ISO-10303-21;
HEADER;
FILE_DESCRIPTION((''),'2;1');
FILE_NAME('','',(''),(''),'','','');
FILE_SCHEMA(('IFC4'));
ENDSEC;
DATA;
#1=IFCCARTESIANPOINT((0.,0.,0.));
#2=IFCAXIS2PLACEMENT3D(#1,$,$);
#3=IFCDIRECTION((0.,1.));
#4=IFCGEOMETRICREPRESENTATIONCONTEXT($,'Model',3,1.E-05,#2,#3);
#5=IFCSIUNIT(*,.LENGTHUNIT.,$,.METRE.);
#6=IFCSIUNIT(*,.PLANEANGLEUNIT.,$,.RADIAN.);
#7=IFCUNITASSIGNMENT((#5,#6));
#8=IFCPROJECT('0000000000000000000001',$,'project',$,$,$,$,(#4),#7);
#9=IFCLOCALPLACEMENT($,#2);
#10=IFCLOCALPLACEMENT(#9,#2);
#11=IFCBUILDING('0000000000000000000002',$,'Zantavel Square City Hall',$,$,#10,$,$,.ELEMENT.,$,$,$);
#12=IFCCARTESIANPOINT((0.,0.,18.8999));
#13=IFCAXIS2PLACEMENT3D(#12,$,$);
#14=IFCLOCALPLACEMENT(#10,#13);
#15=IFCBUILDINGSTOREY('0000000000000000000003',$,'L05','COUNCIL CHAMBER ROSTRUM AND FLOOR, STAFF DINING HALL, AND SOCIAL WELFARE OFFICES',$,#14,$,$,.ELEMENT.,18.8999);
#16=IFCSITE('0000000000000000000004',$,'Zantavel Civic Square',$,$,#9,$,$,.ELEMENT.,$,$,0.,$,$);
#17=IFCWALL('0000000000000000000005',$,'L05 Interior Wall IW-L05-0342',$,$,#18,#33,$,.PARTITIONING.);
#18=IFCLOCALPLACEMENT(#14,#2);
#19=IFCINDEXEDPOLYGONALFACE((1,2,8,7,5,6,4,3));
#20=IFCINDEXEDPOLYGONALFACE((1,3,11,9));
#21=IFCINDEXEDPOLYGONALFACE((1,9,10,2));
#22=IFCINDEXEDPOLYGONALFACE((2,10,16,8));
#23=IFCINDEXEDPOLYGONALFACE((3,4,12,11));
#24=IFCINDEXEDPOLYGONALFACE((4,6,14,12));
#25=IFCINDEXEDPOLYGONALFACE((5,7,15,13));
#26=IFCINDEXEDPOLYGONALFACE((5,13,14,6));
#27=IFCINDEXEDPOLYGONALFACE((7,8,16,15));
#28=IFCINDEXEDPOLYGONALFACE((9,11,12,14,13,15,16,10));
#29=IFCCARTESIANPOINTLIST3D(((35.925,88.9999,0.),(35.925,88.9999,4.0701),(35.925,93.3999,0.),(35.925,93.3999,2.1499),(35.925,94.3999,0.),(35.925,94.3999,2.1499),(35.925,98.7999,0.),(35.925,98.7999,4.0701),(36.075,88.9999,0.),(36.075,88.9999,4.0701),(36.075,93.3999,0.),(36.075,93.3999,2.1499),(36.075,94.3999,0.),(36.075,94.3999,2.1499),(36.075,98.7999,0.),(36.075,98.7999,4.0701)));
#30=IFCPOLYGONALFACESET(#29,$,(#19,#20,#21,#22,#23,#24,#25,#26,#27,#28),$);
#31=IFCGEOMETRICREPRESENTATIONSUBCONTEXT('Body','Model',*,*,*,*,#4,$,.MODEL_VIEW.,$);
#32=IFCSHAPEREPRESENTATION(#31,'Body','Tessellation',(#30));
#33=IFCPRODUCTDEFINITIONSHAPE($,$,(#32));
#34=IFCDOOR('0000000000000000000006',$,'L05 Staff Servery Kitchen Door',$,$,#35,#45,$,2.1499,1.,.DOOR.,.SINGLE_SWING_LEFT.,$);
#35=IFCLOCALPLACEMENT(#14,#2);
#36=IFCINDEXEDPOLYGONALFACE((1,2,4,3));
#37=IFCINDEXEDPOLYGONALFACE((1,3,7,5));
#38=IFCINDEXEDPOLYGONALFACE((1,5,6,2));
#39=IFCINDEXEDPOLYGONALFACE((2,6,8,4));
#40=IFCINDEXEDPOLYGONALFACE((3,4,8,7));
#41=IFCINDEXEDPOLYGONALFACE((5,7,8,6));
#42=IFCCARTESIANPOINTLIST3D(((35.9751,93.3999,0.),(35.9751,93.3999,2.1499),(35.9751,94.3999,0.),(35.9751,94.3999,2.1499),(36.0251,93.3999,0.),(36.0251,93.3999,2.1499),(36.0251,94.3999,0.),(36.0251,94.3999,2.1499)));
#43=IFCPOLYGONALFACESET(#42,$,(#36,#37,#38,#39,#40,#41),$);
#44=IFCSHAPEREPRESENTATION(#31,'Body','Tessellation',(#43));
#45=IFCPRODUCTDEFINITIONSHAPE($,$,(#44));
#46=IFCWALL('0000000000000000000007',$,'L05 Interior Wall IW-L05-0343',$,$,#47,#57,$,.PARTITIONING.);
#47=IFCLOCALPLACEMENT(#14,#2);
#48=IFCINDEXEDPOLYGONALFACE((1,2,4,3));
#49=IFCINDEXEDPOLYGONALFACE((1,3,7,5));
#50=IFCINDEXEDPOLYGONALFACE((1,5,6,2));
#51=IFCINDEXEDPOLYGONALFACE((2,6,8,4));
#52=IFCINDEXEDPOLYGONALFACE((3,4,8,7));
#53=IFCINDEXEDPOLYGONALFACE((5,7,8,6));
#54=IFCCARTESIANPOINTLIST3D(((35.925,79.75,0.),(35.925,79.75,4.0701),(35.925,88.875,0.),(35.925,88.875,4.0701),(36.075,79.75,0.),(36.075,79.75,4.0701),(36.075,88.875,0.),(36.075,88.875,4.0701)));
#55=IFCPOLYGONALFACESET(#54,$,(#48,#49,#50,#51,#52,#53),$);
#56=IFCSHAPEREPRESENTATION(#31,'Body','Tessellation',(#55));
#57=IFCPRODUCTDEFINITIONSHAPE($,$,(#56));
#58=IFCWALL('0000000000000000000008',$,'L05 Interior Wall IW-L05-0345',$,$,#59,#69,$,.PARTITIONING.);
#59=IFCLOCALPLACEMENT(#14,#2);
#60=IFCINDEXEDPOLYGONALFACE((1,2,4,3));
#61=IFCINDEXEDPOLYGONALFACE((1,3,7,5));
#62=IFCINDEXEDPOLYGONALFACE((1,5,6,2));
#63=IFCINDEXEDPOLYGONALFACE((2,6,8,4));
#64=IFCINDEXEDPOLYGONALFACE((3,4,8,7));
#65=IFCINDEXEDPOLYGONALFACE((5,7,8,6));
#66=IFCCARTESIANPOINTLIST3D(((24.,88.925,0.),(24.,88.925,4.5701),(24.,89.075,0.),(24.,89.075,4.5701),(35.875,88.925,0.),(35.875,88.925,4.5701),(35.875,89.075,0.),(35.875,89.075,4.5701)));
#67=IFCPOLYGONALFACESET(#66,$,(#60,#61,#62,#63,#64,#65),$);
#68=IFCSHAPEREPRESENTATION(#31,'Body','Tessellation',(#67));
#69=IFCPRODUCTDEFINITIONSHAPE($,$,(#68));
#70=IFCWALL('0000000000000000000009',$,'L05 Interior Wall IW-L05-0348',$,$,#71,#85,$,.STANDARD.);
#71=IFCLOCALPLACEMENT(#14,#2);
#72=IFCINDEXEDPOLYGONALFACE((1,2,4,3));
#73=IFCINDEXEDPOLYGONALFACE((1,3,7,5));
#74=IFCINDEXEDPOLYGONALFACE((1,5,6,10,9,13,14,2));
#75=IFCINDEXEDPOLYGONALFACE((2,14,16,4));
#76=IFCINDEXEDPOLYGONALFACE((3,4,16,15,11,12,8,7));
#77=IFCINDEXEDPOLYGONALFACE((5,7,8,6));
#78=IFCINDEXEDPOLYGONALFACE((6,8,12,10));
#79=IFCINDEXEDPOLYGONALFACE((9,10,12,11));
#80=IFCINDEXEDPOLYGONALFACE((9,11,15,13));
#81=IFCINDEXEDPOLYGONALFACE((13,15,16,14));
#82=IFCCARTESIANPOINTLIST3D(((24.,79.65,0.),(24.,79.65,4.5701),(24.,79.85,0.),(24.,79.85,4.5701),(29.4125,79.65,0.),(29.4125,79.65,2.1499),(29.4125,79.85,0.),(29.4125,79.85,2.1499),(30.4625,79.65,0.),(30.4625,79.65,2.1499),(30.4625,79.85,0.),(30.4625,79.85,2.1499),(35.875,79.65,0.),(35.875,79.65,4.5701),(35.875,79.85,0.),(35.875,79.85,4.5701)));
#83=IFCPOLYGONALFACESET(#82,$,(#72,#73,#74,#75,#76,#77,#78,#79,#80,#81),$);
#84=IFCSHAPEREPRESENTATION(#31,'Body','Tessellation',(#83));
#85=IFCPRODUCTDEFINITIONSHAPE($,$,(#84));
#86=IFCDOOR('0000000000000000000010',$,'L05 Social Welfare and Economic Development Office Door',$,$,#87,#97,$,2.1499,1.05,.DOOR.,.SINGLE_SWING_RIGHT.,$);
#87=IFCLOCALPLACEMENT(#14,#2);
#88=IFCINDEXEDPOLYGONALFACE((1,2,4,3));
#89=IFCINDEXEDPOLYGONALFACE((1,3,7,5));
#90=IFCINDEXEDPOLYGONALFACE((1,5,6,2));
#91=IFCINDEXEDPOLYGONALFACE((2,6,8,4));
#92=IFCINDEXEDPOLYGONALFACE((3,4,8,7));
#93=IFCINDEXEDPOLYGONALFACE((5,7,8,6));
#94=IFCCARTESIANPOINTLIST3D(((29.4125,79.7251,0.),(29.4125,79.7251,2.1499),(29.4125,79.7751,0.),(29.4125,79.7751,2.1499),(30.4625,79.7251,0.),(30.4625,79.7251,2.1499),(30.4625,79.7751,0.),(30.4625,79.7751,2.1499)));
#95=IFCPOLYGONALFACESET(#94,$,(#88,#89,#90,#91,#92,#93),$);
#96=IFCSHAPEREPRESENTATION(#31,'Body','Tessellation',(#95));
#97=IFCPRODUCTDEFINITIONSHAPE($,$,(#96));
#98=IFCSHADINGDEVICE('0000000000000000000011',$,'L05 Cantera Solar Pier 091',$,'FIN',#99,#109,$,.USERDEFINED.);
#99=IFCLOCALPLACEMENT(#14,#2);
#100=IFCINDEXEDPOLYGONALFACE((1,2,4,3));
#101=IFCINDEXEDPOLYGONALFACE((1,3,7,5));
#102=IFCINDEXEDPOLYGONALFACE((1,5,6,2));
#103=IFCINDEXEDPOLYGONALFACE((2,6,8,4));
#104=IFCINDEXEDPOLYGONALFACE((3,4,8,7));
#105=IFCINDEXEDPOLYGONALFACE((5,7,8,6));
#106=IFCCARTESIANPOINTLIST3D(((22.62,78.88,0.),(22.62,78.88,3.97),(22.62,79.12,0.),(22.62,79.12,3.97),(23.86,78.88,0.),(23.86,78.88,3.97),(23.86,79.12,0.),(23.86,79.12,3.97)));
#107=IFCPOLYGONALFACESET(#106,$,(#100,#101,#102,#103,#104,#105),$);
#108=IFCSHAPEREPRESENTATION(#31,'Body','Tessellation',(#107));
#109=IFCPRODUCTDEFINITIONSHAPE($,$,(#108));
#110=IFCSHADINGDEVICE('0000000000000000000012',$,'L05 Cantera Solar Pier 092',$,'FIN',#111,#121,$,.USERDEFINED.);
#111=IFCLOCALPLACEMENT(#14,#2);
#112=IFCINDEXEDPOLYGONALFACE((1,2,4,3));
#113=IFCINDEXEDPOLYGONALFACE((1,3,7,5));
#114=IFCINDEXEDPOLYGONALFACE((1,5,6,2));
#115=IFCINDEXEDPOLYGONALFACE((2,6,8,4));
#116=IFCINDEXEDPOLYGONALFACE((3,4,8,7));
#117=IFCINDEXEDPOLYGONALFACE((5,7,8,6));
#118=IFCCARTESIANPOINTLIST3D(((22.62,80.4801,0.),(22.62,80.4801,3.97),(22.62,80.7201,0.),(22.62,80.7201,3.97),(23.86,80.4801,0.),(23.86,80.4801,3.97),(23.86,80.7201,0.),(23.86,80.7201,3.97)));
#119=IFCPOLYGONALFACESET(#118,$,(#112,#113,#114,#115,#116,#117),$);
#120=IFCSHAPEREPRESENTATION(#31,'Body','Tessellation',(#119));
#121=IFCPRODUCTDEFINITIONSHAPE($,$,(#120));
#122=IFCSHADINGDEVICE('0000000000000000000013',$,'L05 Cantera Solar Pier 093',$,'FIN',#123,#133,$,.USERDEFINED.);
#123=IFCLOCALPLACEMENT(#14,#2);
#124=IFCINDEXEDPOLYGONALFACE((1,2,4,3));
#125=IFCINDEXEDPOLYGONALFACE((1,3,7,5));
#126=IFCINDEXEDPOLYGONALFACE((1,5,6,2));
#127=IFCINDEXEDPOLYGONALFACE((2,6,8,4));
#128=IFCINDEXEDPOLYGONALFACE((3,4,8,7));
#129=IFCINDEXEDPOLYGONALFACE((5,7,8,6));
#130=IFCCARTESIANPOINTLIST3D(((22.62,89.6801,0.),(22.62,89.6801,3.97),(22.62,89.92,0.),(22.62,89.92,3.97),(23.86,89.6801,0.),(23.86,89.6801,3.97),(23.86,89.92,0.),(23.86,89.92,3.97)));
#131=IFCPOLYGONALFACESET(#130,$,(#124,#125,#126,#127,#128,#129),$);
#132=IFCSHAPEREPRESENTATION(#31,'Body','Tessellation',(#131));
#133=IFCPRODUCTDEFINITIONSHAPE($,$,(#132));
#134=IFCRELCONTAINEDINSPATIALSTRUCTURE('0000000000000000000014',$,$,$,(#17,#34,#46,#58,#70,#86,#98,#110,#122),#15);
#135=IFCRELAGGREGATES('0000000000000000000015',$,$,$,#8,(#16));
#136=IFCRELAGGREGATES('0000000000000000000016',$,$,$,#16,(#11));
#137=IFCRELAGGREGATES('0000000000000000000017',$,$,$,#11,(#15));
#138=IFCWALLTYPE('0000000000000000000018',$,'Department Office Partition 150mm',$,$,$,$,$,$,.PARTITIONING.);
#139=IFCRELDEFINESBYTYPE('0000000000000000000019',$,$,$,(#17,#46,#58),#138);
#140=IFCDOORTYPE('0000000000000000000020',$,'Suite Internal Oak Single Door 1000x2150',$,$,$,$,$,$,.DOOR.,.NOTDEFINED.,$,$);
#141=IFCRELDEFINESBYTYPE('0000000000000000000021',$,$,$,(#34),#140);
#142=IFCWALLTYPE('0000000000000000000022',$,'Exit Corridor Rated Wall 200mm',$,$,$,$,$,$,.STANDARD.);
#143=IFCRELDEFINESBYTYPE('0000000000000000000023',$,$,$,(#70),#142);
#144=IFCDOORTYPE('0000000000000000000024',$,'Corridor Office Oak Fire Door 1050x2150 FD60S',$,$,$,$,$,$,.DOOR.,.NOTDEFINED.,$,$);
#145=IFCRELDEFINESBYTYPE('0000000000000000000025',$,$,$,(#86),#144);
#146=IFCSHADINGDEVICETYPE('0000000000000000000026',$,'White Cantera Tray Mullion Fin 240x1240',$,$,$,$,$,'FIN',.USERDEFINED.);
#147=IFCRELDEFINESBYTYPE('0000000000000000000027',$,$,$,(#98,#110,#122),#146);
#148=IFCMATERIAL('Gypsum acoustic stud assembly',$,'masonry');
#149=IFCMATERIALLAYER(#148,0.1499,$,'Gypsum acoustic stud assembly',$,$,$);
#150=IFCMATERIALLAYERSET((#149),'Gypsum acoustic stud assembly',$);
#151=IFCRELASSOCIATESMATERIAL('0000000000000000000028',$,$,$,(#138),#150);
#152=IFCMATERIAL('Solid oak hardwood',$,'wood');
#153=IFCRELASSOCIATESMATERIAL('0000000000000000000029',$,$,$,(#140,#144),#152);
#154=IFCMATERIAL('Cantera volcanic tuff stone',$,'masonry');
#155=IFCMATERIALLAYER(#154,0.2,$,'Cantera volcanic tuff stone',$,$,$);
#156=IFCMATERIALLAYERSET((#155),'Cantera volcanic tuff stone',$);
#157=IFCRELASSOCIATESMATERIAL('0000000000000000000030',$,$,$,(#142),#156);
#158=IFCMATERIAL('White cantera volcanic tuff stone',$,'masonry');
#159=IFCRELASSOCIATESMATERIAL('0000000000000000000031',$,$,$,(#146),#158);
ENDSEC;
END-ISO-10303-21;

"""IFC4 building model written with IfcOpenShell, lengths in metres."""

from ifc_helpers import new_model, si_unit, direction, frame, frame_2d, origin, origin_2d, place, context, subcontext, project, spatial, rectangle, extrude, material, layer, layer_set, type_object, element, fill, save


model = new_model("IFC4")

# Units and contexts
model_context = context("Model", 3, precision=1e-05, world=origin(), true_north=direction((0.0, 1.0)))
body_context = subcontext(model_context, "Body", "Model", "MODEL_VIEW")
ifc_project = project(units=[si_unit("LENGTHUNIT", "METRE"), si_unit("PLANEANGLEUNIT", "RADIAN")], contexts=[model_context])

# Site, building, storey
site_placement = place(None, origin())
site = spatial("IfcSite", under=ifc_project, at=site_placement, Name="Zantavel Civic Square", CompositionType="ELEMENT", RefElevation=0.0)
building_placement = place(site_placement, origin())
building = spatial("IfcBuilding", under=site, at=building_placement, Name="Zantavel Square City Hall", CompositionType="ELEMENT")
storey_placement = place(building_placement, frame((0.0, 0.0, 18.8999)))
storey = spatial("IfcBuildingStorey", under=building, at=storey_placement, Name="L05", Description="COUNCIL CHAMBER ROSTRUM AND FLOOR, STAFF DINING HALL, AND SOCIAL WELFARE OFFICES", CompositionType="ELEMENT", Elevation=18.8999)

# Shared definitions
ifc_material_1 = material(Name="Cantera volcanic tuff stone", Category="masonry")

# Wall, opening, door
ifc_material_2 = material(Name="Gypsum acoustic stud assembly", Category="masonry")
ifc_layer_1 = layer(ifc_material_2, 0.1499, Name="Gypsum acoustic stud assembly")
ifc_layer_set_1 = layer_set([ifc_layer_1], Name="Gypsum acoustic stud assembly")
wall_type_1 = type_object("IfcWallType", Name="Department Office Partition 150mm", PredefinedType="PARTITIONING", material=ifc_layer_set_1)
wall_1_placement = place(storey_placement, frame((36.0, 89.0, 0.0), z_axis=(0.0, 0.0, 1.0), x_axis=(0.0, 1.0, 0.0)))
wall_1 = element("IfcWall", 1, at=wall_1_placement, inside=storey, type_object=wall_type_1, Name="L05 Interior Wall IW-L05-0342", PredefinedType="PARTITIONING", context=body_context, shape_type="SweptSolid", body=[
    extrude(rectangle(XDim=9.8, YDim=0.1499, at=frame_2d((4.8999, 0.0))), origin(), (0.0, 0.0, 1.0), 4.0701),
])
opening_1_placement = place(wall_1_placement, frame((4.3999, 0.0, 0.0)))
opening_1 = element("IfcOpeningElement", 2, at=opening_1_placement, cuts=wall_1, PredefinedType="OPENING", context=body_context, shape_type="SweptSolid", body=[
    extrude(rectangle(XDim=1.0, YDim=2.1499, at=frame_2d((0.5, 1.075))), frame((0.0, 0.085, 0.0), z_axis=(0.0, -1.0, 0.0), x_axis=(1.0, 0.0, 0.0)), (0.0, 0.0, 1.0), 0.1699),
])
ifc_material_3 = material(Name="Solid oak hardwood", Category="wood")
door_type_1 = type_object("IfcDoorType", Name="Suite Internal Oak Single Door 1000x2150", OperationType="NOTDEFINED", PredefinedType="DOOR", material=ifc_material_3)
door_1_placement = place(opening_1_placement, origin())
door_1 = element("IfcDoor", 3, at=door_1_placement, inside=storey, type_object=door_type_1, Name="L05 Staff Servery Kitchen Door", OperationType="SINGLE_SWING_LEFT", OverallHeight=2.1499, OverallWidth=1.0, PredefinedType="DOOR", context=body_context, shape_type="SweptSolid", body=[
    extrude(rectangle(XDim=1.0, YDim=2.1499, at=frame_2d((0.5, 1.075))), frame((0.0, 0.0249, 0.0), z_axis=(0.0, -1.0, 0.0), x_axis=(1.0, 0.0, 0.0)), (0.0, 0.0, 1.0), 0.05),
])
fill(opening_1, door_1)

# Walls
wall_2_placement = place(storey_placement, frame((36.0, 79.75, 0.0), z_axis=(0.0, 0.0, 1.0), x_axis=(0.0, 1.0, 0.0)))
element("IfcWall", 4, at=wall_2_placement, inside=storey, type_object=wall_type_1, Name="L05 Interior Wall IW-L05-0343", PredefinedType="PARTITIONING", context=body_context, shape_type="SweptSolid", body=[
    extrude(rectangle(XDim=9.125, YDim=0.1499, at=frame_2d((4.5625, 0.0))), origin(), (0.0, 0.0, 1.0), 4.0701),
])
wall_3_placement = place(storey_placement, frame((35.875, 89.0, 0.0), z_axis=(0.0, 0.0, 1.0), x_axis=(-1.0, 0.0, 0.0)))
element("IfcWall", 5, at=wall_3_placement, inside=storey, type_object=wall_type_1, Name="L05 Interior Wall IW-L05-0345", PredefinedType="PARTITIONING", context=body_context, shape_type="SweptSolid", body=[
    extrude(rectangle(XDim=11.875, YDim=0.1499, at=frame_2d((5.9375, 0.0))), origin(), (0.0, 0.0, 1.0), 4.5701),
])

# Wall, opening, door
ifc_layer_2 = layer(ifc_material_1, 0.2, Name="Cantera volcanic tuff stone")
ifc_layer_set_2 = layer_set([ifc_layer_2], Name="Cantera volcanic tuff stone")
wall_type_2 = type_object("IfcWallType", Name="Exit Corridor Rated Wall 200mm", PredefinedType="STANDARD", material=ifc_layer_set_2)
wall_4_placement = place(storey_placement, frame((35.875, 79.75, 0.0), z_axis=(0.0, 0.0, 1.0), x_axis=(-1.0, 0.0, 0.0)))
wall_4 = element("IfcWall", 6, at=wall_4_placement, inside=storey, type_object=wall_type_2, Name="L05 Interior Wall IW-L05-0348", PredefinedType="STANDARD", context=body_context, shape_type="SweptSolid", body=[
    extrude(rectangle(XDim=11.875, YDim=0.2, at=frame_2d((5.9375, 0.0))), origin(), (0.0, 0.0, 1.0), 4.5701),
])
opening_2_placement = place(wall_4_placement, frame((5.4126, 0.0, 0.0)))
opening_2 = element("IfcOpeningElement", 7, at=opening_2_placement, cuts=wall_4, PredefinedType="OPENING", context=body_context, shape_type="SweptSolid", body=[
    extrude(rectangle(XDim=1.05, YDim=2.1499, at=frame_2d((0.5249, 1.075))), frame((0.0, 0.1099, 0.0), z_axis=(0.0, -1.0, 0.0), x_axis=(1.0, 0.0, 0.0)), (0.0, 0.0, 1.0), 0.22),
])
door_type_2 = type_object("IfcDoorType", Name="Corridor Office Oak Fire Door 1050x2150 FD60S", OperationType="NOTDEFINED", PredefinedType="DOOR", material=ifc_material_3)
door_2_placement = place(opening_2_placement, origin())
door_2 = element("IfcDoor", 8, at=door_2_placement, inside=storey, type_object=door_type_2, Name="L05 Social Welfare and Economic Development Office Door", OperationType="SINGLE_SWING_RIGHT", OverallHeight=2.1499, OverallWidth=1.05, PredefinedType="DOOR", context=body_context, shape_type="SweptSolid", body=[
    extrude(rectangle(XDim=1.05, YDim=2.1499, at=frame_2d((0.5249, 1.075))), frame((0.0, 0.0249, 0.0), z_axis=(0.0, -1.0, 0.0), x_axis=(1.0, 0.0, 0.0)), (0.0, 0.0, 1.0), 0.05),
])
fill(opening_2, door_2)

# Shading devices
ifc_material_4 = material(Name="White cantera volcanic tuff stone", Category="masonry")
shading_device_type = type_object("IfcShadingDeviceType", Name="White Cantera Tray Mullion Fin 240x1240", ElementType="FIN", PredefinedType="USERDEFINED", material=ifc_material_4)
for number, where, z_axis, x_axis, name in (
    (9, (23.24, 79.0, 0.0), (0.0, 0.0, 1.0), (1.0, 0.0, 0.0), "L05 Cantera Solar Pier 091"),
    (10, (23.24, 80.6001, 0.0), (0.0, 0.0, 1.0), (1.0, 0.0, 0.0), "L05 Cantera Solar Pier 092"),
    (11, (23.24, 89.8, 0.0), (0.0, 0.0, 1.0), (1.0, 0.0, 0.0), "L05 Cantera Solar Pier 093"),
):
    element("IfcShadingDevice", number, at=place(storey_placement, frame(where, z_axis=z_axis, x_axis=x_axis)), inside=storey, type_object=shading_device_type, Name=name, ObjectType="FIN", PredefinedType="USERDEFINED", context=body_context, shape_type="SweptSolid", body=[
        extrude(rectangle(XDim=1.24, YDim=0.24, at=origin_2d()), origin(), (0.0, 0.0, 1.0), 3.97),
    ])

save(model, "model.ifc")
